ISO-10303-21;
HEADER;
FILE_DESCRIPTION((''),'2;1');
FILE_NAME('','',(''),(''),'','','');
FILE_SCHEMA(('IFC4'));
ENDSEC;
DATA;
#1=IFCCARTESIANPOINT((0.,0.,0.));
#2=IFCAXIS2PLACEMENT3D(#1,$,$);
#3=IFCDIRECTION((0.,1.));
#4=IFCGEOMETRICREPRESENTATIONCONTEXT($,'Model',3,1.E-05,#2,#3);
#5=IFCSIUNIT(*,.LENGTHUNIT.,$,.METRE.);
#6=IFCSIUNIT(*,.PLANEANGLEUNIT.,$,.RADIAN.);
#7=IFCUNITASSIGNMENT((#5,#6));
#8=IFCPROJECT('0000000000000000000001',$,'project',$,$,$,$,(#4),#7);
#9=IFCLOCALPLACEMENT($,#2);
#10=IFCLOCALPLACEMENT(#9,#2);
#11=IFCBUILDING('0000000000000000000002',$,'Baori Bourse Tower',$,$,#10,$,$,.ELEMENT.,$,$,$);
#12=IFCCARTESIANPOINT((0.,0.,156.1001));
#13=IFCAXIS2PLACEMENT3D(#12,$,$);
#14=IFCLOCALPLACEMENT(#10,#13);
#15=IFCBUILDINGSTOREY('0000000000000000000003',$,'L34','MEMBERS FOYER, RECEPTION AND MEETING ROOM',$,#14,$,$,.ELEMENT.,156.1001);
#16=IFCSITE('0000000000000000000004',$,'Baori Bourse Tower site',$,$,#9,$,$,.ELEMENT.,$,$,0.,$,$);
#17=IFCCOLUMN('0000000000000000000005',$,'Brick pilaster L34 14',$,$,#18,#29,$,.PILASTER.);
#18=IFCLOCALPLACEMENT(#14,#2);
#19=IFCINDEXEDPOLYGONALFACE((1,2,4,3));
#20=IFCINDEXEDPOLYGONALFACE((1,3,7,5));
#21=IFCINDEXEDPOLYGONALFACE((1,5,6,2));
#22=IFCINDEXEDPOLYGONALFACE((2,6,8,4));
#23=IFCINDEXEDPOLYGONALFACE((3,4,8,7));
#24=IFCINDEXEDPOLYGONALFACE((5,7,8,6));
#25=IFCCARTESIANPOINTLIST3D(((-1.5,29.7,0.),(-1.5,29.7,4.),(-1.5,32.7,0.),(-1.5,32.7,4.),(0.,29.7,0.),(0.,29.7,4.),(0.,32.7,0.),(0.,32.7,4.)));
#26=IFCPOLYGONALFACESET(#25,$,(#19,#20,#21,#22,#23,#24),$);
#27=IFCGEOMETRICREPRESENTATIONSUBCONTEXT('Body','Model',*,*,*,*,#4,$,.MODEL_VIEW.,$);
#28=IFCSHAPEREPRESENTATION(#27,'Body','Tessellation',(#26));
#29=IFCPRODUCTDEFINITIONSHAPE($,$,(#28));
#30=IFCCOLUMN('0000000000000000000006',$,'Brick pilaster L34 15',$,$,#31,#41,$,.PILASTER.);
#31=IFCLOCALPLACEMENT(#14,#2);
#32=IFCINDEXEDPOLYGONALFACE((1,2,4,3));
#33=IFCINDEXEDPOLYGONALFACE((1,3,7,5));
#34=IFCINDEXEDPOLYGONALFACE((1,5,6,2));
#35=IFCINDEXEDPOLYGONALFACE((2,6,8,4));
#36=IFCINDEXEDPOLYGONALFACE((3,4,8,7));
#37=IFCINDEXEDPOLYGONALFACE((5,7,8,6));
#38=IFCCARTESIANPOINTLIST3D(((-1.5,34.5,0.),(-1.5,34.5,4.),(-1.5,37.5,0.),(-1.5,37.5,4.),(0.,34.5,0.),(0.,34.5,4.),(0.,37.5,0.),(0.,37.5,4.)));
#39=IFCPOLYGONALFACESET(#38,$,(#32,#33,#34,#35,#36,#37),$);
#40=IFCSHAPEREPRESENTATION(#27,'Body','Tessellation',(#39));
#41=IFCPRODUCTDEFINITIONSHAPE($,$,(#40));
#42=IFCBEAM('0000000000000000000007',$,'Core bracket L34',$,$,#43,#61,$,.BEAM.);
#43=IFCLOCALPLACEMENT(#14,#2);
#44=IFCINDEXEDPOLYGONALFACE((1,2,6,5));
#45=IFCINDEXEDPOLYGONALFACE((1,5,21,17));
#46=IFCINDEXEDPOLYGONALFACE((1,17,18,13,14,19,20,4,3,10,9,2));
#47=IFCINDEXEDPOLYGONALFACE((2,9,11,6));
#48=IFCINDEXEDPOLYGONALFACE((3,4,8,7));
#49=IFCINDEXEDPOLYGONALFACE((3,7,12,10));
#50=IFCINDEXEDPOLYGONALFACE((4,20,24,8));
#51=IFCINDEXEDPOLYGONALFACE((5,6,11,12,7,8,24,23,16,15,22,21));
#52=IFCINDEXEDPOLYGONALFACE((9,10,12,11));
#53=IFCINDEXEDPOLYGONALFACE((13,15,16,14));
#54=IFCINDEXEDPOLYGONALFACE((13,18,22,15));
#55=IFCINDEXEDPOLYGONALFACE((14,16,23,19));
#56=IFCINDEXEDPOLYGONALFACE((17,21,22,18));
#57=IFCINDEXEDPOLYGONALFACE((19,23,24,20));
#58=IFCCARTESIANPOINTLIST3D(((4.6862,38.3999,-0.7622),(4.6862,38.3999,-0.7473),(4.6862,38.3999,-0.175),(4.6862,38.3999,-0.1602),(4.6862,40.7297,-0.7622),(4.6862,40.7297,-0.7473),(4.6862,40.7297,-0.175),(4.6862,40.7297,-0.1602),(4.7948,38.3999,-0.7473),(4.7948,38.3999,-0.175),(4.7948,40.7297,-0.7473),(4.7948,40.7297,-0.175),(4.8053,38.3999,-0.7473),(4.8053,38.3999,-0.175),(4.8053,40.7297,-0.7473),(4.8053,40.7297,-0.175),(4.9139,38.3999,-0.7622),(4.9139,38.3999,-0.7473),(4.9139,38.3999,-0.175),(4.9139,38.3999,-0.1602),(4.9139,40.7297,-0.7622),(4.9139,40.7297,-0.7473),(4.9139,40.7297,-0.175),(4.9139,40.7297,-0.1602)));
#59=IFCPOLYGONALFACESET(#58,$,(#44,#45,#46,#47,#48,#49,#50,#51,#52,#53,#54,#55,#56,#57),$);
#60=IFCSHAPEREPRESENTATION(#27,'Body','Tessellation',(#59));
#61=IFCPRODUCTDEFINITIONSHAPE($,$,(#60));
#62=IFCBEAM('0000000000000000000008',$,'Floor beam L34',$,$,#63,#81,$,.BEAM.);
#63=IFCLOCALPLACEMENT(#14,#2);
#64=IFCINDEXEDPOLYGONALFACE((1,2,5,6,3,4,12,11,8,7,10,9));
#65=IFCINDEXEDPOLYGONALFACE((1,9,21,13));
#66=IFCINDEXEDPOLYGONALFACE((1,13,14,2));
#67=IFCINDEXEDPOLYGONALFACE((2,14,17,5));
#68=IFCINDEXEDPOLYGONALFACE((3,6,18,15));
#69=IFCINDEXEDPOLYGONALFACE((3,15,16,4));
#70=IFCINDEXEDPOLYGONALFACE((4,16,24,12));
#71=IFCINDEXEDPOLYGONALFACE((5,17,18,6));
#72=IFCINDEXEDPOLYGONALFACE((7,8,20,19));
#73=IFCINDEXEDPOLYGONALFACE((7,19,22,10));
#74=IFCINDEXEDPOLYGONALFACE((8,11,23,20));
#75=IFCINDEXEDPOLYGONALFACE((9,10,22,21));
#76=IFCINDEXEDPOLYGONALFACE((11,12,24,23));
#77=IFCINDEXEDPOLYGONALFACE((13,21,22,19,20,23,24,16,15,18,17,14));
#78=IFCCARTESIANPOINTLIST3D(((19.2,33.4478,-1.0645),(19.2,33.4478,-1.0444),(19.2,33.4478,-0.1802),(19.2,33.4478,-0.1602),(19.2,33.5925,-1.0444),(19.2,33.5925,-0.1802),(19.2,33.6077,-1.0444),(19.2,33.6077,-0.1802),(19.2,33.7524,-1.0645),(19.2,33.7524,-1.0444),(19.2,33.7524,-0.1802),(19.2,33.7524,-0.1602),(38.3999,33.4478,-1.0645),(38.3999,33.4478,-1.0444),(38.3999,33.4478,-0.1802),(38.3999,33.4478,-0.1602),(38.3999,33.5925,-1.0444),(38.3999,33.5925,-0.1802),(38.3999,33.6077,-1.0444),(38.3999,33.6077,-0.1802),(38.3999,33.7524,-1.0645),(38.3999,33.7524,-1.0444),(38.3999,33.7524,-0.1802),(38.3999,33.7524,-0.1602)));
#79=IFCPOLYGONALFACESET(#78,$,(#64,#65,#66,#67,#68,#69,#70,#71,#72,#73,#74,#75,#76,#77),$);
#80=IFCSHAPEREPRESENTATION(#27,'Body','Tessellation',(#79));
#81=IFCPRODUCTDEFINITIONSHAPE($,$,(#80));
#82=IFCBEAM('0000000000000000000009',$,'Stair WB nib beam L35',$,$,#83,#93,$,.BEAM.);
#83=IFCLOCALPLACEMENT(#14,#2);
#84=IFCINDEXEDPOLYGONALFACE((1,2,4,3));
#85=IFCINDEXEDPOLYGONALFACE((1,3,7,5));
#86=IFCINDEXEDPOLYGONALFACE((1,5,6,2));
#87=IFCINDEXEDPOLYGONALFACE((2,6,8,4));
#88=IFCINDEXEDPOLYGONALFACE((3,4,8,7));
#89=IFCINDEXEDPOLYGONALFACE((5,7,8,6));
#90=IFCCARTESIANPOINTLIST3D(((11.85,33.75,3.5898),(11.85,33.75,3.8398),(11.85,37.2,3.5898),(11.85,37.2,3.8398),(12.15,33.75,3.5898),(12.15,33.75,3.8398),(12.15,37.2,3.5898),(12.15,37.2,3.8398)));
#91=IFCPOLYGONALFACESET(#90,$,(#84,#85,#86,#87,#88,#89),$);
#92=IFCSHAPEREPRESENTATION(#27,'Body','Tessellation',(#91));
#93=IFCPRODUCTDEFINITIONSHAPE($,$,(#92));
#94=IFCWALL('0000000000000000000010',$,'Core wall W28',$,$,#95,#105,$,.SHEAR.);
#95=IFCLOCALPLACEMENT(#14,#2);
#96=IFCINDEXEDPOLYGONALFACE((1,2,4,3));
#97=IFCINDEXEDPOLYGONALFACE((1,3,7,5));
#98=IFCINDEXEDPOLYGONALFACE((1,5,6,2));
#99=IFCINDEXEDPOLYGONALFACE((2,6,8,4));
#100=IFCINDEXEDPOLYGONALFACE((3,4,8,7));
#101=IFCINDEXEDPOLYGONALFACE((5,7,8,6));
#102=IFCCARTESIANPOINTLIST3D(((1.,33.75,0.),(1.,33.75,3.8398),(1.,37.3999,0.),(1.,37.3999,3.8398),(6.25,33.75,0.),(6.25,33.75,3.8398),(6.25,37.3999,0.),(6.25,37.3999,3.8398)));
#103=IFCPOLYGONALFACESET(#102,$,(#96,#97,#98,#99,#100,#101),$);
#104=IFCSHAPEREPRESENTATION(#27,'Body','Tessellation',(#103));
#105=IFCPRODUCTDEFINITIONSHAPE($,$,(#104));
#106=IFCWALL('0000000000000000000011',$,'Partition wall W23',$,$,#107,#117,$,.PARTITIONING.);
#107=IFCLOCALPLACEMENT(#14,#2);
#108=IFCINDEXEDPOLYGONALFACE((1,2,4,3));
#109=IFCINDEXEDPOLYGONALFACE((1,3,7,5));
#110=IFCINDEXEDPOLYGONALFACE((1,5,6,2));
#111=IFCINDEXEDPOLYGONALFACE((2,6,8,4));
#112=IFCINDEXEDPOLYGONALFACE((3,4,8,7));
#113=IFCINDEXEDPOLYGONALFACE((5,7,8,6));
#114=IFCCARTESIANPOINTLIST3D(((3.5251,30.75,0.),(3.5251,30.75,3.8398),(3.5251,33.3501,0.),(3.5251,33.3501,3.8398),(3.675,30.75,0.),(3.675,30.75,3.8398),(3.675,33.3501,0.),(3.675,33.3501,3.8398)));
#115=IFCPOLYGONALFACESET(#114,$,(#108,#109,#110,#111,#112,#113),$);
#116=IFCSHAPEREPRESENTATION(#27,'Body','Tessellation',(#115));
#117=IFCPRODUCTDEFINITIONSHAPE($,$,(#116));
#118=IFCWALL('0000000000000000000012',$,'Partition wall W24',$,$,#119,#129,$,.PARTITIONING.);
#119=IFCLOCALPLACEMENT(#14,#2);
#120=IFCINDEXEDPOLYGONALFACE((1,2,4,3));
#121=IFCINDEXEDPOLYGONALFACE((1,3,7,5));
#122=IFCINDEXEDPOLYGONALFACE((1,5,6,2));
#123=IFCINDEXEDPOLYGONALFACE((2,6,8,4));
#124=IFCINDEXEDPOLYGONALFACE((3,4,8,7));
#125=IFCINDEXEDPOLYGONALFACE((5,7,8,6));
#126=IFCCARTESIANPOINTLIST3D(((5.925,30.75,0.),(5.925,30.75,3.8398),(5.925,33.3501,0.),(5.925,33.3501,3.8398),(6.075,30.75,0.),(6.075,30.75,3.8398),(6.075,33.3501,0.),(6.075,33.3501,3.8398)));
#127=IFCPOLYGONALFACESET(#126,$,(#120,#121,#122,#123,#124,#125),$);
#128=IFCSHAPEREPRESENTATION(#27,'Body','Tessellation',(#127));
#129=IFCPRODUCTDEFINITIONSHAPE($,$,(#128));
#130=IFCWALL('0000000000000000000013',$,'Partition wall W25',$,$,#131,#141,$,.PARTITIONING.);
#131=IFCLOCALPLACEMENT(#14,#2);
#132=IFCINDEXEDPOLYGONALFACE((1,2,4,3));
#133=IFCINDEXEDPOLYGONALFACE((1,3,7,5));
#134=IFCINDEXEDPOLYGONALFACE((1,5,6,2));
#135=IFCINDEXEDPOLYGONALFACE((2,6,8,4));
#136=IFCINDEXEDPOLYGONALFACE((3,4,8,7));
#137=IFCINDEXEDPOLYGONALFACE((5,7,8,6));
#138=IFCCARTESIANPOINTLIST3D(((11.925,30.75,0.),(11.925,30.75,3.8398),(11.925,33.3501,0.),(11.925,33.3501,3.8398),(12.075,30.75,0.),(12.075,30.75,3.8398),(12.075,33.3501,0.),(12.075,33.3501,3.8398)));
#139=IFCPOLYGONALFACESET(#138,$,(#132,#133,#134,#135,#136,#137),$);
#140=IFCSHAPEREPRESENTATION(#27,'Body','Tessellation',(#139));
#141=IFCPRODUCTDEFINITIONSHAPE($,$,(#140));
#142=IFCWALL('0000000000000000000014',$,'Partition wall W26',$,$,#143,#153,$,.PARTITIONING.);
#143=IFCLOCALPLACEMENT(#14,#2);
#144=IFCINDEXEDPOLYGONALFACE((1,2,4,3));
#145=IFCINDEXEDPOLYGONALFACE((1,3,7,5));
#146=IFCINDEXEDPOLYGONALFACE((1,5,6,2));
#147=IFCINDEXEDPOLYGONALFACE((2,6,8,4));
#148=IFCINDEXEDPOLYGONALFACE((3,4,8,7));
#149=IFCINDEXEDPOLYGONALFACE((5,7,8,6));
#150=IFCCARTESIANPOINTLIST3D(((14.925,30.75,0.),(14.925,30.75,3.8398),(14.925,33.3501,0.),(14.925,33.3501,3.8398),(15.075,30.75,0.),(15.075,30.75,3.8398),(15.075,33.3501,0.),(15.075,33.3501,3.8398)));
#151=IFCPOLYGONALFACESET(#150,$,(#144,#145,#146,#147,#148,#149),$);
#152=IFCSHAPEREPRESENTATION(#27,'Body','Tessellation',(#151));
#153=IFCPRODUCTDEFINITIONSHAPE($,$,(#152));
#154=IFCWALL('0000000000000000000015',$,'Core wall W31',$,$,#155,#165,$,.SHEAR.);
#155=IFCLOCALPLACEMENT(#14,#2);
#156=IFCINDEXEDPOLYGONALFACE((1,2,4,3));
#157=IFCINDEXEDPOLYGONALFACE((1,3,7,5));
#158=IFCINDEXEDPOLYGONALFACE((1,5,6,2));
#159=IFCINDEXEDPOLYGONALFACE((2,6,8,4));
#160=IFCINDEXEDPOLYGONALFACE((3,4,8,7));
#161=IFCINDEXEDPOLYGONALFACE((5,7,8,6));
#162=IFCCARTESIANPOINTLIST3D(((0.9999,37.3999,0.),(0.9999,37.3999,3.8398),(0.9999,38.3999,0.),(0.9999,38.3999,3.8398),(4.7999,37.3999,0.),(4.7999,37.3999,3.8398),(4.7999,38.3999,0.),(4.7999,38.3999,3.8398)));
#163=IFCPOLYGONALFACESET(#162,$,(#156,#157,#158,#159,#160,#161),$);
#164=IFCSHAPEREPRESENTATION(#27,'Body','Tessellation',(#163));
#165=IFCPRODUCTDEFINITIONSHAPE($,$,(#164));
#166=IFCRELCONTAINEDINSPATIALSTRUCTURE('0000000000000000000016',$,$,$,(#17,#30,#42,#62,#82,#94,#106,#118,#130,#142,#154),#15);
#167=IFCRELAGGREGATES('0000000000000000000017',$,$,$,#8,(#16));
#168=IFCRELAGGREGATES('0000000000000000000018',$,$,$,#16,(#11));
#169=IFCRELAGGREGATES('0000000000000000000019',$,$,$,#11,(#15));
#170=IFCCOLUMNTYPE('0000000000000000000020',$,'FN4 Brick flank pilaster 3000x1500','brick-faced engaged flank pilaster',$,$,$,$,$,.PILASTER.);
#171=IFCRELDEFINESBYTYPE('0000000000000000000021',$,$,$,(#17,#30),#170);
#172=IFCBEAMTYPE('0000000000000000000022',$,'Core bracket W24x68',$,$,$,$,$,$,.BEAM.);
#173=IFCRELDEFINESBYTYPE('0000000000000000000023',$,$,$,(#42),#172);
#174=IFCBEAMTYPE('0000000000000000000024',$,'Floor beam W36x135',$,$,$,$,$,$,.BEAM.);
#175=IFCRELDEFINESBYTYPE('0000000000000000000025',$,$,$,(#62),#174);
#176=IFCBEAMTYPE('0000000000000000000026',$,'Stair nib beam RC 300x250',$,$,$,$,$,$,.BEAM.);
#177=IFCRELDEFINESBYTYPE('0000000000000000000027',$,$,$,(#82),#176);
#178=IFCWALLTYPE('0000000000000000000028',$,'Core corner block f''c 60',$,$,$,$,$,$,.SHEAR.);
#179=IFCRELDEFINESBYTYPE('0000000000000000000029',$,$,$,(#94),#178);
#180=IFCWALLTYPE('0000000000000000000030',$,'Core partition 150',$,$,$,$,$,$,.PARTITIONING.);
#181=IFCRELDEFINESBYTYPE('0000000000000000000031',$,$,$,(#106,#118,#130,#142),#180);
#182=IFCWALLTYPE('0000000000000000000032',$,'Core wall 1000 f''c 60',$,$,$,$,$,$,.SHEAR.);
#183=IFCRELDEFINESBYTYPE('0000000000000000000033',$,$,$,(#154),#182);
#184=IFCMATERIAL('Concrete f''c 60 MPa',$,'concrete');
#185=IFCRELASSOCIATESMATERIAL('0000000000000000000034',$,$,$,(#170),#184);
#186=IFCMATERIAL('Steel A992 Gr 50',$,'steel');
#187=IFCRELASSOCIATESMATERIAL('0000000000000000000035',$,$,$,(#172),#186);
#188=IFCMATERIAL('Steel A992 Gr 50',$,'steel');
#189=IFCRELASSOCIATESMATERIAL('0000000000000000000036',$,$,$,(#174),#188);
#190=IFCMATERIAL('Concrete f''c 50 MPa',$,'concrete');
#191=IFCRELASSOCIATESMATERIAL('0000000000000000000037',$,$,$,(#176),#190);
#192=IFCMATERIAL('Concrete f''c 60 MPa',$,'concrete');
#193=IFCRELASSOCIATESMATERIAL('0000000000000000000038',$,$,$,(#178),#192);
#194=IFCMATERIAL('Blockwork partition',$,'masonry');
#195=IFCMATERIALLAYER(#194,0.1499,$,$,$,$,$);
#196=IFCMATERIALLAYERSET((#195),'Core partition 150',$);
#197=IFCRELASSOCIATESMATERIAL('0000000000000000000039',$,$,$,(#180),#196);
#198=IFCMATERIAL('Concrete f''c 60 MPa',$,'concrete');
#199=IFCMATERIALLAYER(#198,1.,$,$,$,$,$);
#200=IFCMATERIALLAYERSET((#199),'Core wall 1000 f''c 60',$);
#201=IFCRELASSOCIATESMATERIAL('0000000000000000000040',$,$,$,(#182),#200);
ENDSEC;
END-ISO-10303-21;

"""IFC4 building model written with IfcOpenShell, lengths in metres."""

from ifc_helpers import new_model, si_unit, direction, frame, frame_2d, origin, origin_2d, place, context, subcontext, project, spatial, rectangle, i_section, extrude, material, layer, layer_set, material_profile, profile_set, type_object, element, save


model = new_model("IFC4")

# Units and contexts
model_context = context("Model", 3, precision=1e-05, world=origin(), true_north=direction((0.0, 1.0)))
body_context = subcontext(model_context, "Body", "Model", "MODEL_VIEW")
ifc_project = project(units=[si_unit("LENGTHUNIT", "METRE"), si_unit("PLANEANGLEUNIT", "RADIAN")], contexts=[model_context])

# Site, building, storey
site_placement = place(None, origin())
site = spatial("IfcSite", under=ifc_project, at=site_placement, Name="Baori Bourse Tower site", CompositionType="ELEMENT", RefElevation=0.0)
building_placement = place(site_placement, origin())
building = spatial("IfcBuilding", under=site, at=building_placement, Name="Baori Bourse Tower", CompositionType="ELEMENT")
storey_placement = place(building_placement, frame((0.0, 0.0, 156.1001)))
storey = spatial("IfcBuildingStorey", under=building, at=storey_placement, Name="L34", Description="MEMBERS FOYER, RECEPTION AND MEETING ROOM", CompositionType="ELEMENT", Elevation=156.1001)

# Columns
ifc_material_1 = material(Name="Concrete f'c 60 MPa", Category="concrete")
ifc_material_profile_1 = material_profile(ifc_material_1, rectangle(XDim=3.0, YDim=1.5, at=origin_2d()), Name="RC 3000x1500")
ifc_profile_set_1 = profile_set([ifc_material_profile_1], Name="Concrete f'c 60 MPa")
column_type = type_object("IfcColumnType", Name="FN4 Brick flank pilaster 3000x1500", Description="brick-faced engaged flank pilaster", PredefinedType="PILASTER", material=ifc_profile_set_1)
for number, where, z_axis, x_axis, name in (
    (1, (-0.75, 31.2, 0.0), (0.0, 0.0, 1.0), (0.0, 1.0, 0.0), "Brick pilaster L34 14"),
    (2, (-0.75, 36.0, 0.0), (0.0, 0.0, 1.0), (0.0, 1.0, 0.0), "Brick pilaster L34 15"),
):
    element("IfcColumn", number, at=place(storey_placement, frame(where, z_axis=z_axis, x_axis=x_axis)), inside=storey, type_object=column_type, Name=name, PredefinedType="PILASTER", context=body_context, shape_type="SweptSolid", body=[
        extrude(rectangle(XDim=3.0, YDim=1.5, at=origin_2d()), origin(), (0.0, 0.0, 1.0), 4.0),
    ])

# Beams
ifc_material_2 = material(Name="Steel A992 Gr 50", Category="steel")
ifc_material_profile_2 = material_profile(ifc_material_2, i_section(OverallWidth=0.2278, OverallDepth=0.6021, WebThickness=0.0105, FlangeThickness=0.0149, at=origin_2d()), Name="W24x68")
ifc_profile_set_2 = profile_set([ifc_material_profile_2], Name="Steel A992 Gr 50")
beam_type_1 = type_object("IfcBeamType", Name="Core bracket W24x68", PredefinedType="BEAM", material=ifc_profile_set_2)
beam_1_placement = place(storey_placement, frame((4.8, 38.3999, -0.4612), z_axis=(0.0, 1.0, 0.0), x_axis=(-1.0, 0.0, 0.0)))
element("IfcBeam", 3, at=beam_1_placement, inside=storey, type_object=beam_type_1, Name="Core bracket L34", PredefinedType="BEAM", context=body_context, shape_type="SweptSolid", body=[
    extrude(i_section(OverallWidth=0.2278, OverallDepth=0.6021, WebThickness=0.0105, FlangeThickness=0.0149, at=origin_2d()), origin(), (0.0, 0.0, 1.0), 2.3298),
])
ifc_material_3 = material(Name="Steel A992 Gr 50", Category="steel")
ifc_material_profile_3 = material_profile(ifc_material_3, i_section(OverallWidth=0.3047, OverallDepth=0.9043, WebThickness=0.0151, FlangeThickness=0.02, at=origin_2d()), Name="W36x135")
ifc_profile_set_3 = profile_set([ifc_material_profile_3], Name="Steel A992 Gr 50")
beam_type_2 = type_object("IfcBeamType", Name="Floor beam W36x135", PredefinedType="BEAM", material=ifc_profile_set_3)
beam_2_placement = place(storey_placement, frame((19.2, 33.6001, -0.6123), z_axis=(1.0, 0.0, 0.0), x_axis=(0.0, 1.0, 0.0)))
element("IfcBeam", 4, at=beam_2_placement, inside=storey, type_object=beam_type_2, Name="Floor beam L34", PredefinedType="BEAM", context=body_context, shape_type="SweptSolid", body=[
    extrude(i_section(OverallWidth=0.3047, OverallDepth=0.9043, WebThickness=0.0151, FlangeThickness=0.02, at=origin_2d()), origin(), (0.0, 0.0, 1.0), 19.2),
])
ifc_material_4 = material(Name="Concrete f'c 50 MPa", Category="concrete")
ifc_material_profile_4 = material_profile(ifc_material_4, rectangle(XDim=0.3, YDim=0.25, at=origin_2d()), Name="RC 300x250")
ifc_profile_set_4 = profile_set([ifc_material_profile_4], Name="Concrete f'c 50 MPa")
beam_type_3 = type_object("IfcBeamType", Name="Stair nib beam RC 300x250", PredefinedType="BEAM", material=ifc_profile_set_4)
beam_3_placement = place(storey_placement, frame((12.0, 33.75, 3.7148), z_axis=(0.0, 1.0, 0.0), x_axis=(-1.0, 0.0, 0.0)))
element("IfcBeam", 5, at=beam_3_placement, inside=storey, type_object=beam_type_3, Name="Stair WB nib beam L35", PredefinedType="BEAM", context=body_context, shape_type="SweptSolid", body=[
    extrude(rectangle(XDim=0.3, YDim=0.25, at=origin_2d()), origin(), (0.0, 0.0, 1.0), 3.45),
])

# Walls
ifc_material_5 = material(Name="Concrete f'c 60 MPa", Category="concrete")
wall_type_1 = type_object("IfcWallType", Name="Core corner block f'c 60", PredefinedType="SHEAR", material=ifc_material_5)
wall_1_placement = place(storey_placement, frame((1.0, 35.575, 0.0), z_axis=(0.0, 0.0, 1.0), x_axis=(1.0, 0.0, 0.0)))
element("IfcWall", 6, at=wall_1_placement, inside=storey, type_object=wall_type_1, Name="Core wall W28", PredefinedType="SHEAR", context=body_context, shape_type="SweptSolid", body=[
    extrude(rectangle(XDim=5.25, YDim=3.6499, at=frame_2d((2.625, 0.0))), origin(), (0.0, 0.0, 1.0), 3.8398),
])
ifc_material_6 = material(Name="Blockwork partition", Category="masonry")
ifc_layer_1 = layer(ifc_material_6, 0.1499)
ifc_layer_set_1 = layer_set([ifc_layer_1], Name="Core partition 150")
wall_type_2 = type_object("IfcWallType", Name="Core partition 150", PredefinedType="PARTITIONING", material=ifc_layer_set_1)
for number, where, z_axis, x_axis, name in (
    (7, (3.6001, 30.75, 0.0), (0.0, 0.0, 1.0), (0.0, 1.0, 0.0), "Partition wall W23"),
    (8, (6.0, 30.75, 0.0), (0.0, 0.0, 1.0), (0.0, 1.0, 0.0), "Partition wall W24"),
    (9, (12.0, 30.75, 0.0), (0.0, 0.0, 1.0), (0.0, 1.0, 0.0), "Partition wall W25"),
    (10, (15.0, 30.75, 0.0), (0.0, 0.0, 1.0), (0.0, 1.0, 0.0), "Partition wall W26"),
):
    element("IfcWall", number, at=place(storey_placement, frame(where, z_axis=z_axis, x_axis=x_axis)), inside=storey, type_object=wall_type_2, Name=name, PredefinedType="PARTITIONING", context=body_context, shape_type="SweptSolid", body=[
        extrude(rectangle(XDim=2.6001, YDim=0.1499, at=frame_2d((1.3, 0.0))), origin(), (0.0, 0.0, 1.0), 3.8398),
    ])
ifc_material_7 = material(Name="Concrete f'c 60 MPa", Category="concrete")
ifc_layer_2 = layer(ifc_material_7, 1.0)
ifc_layer_set_2 = layer_set([ifc_layer_2], Name="Core wall 1000 f'c 60")
wall_type_3 = type_object("IfcWallType", Name="Core wall 1000 f'c 60", PredefinedType="SHEAR", material=ifc_layer_set_2)
wall_2_placement = place(storey_placement, frame((1.0, 37.8999, 0.0), z_axis=(0.0, 0.0, 1.0), x_axis=(1.0, 0.0, 0.0)))
element("IfcWall", 11, at=wall_2_placement, inside=storey, type_object=wall_type_3, Name="Core wall W31", PredefinedType="SHEAR", context=body_context, shape_type="SweptSolid", body=[
    extrude(rectangle(XDim=3.8, YDim=1.0, at=frame_2d((1.8999, 0.0))), origin(), (0.0, 0.0, 1.0), 3.8398),
])

save(model, "model.ifc")
